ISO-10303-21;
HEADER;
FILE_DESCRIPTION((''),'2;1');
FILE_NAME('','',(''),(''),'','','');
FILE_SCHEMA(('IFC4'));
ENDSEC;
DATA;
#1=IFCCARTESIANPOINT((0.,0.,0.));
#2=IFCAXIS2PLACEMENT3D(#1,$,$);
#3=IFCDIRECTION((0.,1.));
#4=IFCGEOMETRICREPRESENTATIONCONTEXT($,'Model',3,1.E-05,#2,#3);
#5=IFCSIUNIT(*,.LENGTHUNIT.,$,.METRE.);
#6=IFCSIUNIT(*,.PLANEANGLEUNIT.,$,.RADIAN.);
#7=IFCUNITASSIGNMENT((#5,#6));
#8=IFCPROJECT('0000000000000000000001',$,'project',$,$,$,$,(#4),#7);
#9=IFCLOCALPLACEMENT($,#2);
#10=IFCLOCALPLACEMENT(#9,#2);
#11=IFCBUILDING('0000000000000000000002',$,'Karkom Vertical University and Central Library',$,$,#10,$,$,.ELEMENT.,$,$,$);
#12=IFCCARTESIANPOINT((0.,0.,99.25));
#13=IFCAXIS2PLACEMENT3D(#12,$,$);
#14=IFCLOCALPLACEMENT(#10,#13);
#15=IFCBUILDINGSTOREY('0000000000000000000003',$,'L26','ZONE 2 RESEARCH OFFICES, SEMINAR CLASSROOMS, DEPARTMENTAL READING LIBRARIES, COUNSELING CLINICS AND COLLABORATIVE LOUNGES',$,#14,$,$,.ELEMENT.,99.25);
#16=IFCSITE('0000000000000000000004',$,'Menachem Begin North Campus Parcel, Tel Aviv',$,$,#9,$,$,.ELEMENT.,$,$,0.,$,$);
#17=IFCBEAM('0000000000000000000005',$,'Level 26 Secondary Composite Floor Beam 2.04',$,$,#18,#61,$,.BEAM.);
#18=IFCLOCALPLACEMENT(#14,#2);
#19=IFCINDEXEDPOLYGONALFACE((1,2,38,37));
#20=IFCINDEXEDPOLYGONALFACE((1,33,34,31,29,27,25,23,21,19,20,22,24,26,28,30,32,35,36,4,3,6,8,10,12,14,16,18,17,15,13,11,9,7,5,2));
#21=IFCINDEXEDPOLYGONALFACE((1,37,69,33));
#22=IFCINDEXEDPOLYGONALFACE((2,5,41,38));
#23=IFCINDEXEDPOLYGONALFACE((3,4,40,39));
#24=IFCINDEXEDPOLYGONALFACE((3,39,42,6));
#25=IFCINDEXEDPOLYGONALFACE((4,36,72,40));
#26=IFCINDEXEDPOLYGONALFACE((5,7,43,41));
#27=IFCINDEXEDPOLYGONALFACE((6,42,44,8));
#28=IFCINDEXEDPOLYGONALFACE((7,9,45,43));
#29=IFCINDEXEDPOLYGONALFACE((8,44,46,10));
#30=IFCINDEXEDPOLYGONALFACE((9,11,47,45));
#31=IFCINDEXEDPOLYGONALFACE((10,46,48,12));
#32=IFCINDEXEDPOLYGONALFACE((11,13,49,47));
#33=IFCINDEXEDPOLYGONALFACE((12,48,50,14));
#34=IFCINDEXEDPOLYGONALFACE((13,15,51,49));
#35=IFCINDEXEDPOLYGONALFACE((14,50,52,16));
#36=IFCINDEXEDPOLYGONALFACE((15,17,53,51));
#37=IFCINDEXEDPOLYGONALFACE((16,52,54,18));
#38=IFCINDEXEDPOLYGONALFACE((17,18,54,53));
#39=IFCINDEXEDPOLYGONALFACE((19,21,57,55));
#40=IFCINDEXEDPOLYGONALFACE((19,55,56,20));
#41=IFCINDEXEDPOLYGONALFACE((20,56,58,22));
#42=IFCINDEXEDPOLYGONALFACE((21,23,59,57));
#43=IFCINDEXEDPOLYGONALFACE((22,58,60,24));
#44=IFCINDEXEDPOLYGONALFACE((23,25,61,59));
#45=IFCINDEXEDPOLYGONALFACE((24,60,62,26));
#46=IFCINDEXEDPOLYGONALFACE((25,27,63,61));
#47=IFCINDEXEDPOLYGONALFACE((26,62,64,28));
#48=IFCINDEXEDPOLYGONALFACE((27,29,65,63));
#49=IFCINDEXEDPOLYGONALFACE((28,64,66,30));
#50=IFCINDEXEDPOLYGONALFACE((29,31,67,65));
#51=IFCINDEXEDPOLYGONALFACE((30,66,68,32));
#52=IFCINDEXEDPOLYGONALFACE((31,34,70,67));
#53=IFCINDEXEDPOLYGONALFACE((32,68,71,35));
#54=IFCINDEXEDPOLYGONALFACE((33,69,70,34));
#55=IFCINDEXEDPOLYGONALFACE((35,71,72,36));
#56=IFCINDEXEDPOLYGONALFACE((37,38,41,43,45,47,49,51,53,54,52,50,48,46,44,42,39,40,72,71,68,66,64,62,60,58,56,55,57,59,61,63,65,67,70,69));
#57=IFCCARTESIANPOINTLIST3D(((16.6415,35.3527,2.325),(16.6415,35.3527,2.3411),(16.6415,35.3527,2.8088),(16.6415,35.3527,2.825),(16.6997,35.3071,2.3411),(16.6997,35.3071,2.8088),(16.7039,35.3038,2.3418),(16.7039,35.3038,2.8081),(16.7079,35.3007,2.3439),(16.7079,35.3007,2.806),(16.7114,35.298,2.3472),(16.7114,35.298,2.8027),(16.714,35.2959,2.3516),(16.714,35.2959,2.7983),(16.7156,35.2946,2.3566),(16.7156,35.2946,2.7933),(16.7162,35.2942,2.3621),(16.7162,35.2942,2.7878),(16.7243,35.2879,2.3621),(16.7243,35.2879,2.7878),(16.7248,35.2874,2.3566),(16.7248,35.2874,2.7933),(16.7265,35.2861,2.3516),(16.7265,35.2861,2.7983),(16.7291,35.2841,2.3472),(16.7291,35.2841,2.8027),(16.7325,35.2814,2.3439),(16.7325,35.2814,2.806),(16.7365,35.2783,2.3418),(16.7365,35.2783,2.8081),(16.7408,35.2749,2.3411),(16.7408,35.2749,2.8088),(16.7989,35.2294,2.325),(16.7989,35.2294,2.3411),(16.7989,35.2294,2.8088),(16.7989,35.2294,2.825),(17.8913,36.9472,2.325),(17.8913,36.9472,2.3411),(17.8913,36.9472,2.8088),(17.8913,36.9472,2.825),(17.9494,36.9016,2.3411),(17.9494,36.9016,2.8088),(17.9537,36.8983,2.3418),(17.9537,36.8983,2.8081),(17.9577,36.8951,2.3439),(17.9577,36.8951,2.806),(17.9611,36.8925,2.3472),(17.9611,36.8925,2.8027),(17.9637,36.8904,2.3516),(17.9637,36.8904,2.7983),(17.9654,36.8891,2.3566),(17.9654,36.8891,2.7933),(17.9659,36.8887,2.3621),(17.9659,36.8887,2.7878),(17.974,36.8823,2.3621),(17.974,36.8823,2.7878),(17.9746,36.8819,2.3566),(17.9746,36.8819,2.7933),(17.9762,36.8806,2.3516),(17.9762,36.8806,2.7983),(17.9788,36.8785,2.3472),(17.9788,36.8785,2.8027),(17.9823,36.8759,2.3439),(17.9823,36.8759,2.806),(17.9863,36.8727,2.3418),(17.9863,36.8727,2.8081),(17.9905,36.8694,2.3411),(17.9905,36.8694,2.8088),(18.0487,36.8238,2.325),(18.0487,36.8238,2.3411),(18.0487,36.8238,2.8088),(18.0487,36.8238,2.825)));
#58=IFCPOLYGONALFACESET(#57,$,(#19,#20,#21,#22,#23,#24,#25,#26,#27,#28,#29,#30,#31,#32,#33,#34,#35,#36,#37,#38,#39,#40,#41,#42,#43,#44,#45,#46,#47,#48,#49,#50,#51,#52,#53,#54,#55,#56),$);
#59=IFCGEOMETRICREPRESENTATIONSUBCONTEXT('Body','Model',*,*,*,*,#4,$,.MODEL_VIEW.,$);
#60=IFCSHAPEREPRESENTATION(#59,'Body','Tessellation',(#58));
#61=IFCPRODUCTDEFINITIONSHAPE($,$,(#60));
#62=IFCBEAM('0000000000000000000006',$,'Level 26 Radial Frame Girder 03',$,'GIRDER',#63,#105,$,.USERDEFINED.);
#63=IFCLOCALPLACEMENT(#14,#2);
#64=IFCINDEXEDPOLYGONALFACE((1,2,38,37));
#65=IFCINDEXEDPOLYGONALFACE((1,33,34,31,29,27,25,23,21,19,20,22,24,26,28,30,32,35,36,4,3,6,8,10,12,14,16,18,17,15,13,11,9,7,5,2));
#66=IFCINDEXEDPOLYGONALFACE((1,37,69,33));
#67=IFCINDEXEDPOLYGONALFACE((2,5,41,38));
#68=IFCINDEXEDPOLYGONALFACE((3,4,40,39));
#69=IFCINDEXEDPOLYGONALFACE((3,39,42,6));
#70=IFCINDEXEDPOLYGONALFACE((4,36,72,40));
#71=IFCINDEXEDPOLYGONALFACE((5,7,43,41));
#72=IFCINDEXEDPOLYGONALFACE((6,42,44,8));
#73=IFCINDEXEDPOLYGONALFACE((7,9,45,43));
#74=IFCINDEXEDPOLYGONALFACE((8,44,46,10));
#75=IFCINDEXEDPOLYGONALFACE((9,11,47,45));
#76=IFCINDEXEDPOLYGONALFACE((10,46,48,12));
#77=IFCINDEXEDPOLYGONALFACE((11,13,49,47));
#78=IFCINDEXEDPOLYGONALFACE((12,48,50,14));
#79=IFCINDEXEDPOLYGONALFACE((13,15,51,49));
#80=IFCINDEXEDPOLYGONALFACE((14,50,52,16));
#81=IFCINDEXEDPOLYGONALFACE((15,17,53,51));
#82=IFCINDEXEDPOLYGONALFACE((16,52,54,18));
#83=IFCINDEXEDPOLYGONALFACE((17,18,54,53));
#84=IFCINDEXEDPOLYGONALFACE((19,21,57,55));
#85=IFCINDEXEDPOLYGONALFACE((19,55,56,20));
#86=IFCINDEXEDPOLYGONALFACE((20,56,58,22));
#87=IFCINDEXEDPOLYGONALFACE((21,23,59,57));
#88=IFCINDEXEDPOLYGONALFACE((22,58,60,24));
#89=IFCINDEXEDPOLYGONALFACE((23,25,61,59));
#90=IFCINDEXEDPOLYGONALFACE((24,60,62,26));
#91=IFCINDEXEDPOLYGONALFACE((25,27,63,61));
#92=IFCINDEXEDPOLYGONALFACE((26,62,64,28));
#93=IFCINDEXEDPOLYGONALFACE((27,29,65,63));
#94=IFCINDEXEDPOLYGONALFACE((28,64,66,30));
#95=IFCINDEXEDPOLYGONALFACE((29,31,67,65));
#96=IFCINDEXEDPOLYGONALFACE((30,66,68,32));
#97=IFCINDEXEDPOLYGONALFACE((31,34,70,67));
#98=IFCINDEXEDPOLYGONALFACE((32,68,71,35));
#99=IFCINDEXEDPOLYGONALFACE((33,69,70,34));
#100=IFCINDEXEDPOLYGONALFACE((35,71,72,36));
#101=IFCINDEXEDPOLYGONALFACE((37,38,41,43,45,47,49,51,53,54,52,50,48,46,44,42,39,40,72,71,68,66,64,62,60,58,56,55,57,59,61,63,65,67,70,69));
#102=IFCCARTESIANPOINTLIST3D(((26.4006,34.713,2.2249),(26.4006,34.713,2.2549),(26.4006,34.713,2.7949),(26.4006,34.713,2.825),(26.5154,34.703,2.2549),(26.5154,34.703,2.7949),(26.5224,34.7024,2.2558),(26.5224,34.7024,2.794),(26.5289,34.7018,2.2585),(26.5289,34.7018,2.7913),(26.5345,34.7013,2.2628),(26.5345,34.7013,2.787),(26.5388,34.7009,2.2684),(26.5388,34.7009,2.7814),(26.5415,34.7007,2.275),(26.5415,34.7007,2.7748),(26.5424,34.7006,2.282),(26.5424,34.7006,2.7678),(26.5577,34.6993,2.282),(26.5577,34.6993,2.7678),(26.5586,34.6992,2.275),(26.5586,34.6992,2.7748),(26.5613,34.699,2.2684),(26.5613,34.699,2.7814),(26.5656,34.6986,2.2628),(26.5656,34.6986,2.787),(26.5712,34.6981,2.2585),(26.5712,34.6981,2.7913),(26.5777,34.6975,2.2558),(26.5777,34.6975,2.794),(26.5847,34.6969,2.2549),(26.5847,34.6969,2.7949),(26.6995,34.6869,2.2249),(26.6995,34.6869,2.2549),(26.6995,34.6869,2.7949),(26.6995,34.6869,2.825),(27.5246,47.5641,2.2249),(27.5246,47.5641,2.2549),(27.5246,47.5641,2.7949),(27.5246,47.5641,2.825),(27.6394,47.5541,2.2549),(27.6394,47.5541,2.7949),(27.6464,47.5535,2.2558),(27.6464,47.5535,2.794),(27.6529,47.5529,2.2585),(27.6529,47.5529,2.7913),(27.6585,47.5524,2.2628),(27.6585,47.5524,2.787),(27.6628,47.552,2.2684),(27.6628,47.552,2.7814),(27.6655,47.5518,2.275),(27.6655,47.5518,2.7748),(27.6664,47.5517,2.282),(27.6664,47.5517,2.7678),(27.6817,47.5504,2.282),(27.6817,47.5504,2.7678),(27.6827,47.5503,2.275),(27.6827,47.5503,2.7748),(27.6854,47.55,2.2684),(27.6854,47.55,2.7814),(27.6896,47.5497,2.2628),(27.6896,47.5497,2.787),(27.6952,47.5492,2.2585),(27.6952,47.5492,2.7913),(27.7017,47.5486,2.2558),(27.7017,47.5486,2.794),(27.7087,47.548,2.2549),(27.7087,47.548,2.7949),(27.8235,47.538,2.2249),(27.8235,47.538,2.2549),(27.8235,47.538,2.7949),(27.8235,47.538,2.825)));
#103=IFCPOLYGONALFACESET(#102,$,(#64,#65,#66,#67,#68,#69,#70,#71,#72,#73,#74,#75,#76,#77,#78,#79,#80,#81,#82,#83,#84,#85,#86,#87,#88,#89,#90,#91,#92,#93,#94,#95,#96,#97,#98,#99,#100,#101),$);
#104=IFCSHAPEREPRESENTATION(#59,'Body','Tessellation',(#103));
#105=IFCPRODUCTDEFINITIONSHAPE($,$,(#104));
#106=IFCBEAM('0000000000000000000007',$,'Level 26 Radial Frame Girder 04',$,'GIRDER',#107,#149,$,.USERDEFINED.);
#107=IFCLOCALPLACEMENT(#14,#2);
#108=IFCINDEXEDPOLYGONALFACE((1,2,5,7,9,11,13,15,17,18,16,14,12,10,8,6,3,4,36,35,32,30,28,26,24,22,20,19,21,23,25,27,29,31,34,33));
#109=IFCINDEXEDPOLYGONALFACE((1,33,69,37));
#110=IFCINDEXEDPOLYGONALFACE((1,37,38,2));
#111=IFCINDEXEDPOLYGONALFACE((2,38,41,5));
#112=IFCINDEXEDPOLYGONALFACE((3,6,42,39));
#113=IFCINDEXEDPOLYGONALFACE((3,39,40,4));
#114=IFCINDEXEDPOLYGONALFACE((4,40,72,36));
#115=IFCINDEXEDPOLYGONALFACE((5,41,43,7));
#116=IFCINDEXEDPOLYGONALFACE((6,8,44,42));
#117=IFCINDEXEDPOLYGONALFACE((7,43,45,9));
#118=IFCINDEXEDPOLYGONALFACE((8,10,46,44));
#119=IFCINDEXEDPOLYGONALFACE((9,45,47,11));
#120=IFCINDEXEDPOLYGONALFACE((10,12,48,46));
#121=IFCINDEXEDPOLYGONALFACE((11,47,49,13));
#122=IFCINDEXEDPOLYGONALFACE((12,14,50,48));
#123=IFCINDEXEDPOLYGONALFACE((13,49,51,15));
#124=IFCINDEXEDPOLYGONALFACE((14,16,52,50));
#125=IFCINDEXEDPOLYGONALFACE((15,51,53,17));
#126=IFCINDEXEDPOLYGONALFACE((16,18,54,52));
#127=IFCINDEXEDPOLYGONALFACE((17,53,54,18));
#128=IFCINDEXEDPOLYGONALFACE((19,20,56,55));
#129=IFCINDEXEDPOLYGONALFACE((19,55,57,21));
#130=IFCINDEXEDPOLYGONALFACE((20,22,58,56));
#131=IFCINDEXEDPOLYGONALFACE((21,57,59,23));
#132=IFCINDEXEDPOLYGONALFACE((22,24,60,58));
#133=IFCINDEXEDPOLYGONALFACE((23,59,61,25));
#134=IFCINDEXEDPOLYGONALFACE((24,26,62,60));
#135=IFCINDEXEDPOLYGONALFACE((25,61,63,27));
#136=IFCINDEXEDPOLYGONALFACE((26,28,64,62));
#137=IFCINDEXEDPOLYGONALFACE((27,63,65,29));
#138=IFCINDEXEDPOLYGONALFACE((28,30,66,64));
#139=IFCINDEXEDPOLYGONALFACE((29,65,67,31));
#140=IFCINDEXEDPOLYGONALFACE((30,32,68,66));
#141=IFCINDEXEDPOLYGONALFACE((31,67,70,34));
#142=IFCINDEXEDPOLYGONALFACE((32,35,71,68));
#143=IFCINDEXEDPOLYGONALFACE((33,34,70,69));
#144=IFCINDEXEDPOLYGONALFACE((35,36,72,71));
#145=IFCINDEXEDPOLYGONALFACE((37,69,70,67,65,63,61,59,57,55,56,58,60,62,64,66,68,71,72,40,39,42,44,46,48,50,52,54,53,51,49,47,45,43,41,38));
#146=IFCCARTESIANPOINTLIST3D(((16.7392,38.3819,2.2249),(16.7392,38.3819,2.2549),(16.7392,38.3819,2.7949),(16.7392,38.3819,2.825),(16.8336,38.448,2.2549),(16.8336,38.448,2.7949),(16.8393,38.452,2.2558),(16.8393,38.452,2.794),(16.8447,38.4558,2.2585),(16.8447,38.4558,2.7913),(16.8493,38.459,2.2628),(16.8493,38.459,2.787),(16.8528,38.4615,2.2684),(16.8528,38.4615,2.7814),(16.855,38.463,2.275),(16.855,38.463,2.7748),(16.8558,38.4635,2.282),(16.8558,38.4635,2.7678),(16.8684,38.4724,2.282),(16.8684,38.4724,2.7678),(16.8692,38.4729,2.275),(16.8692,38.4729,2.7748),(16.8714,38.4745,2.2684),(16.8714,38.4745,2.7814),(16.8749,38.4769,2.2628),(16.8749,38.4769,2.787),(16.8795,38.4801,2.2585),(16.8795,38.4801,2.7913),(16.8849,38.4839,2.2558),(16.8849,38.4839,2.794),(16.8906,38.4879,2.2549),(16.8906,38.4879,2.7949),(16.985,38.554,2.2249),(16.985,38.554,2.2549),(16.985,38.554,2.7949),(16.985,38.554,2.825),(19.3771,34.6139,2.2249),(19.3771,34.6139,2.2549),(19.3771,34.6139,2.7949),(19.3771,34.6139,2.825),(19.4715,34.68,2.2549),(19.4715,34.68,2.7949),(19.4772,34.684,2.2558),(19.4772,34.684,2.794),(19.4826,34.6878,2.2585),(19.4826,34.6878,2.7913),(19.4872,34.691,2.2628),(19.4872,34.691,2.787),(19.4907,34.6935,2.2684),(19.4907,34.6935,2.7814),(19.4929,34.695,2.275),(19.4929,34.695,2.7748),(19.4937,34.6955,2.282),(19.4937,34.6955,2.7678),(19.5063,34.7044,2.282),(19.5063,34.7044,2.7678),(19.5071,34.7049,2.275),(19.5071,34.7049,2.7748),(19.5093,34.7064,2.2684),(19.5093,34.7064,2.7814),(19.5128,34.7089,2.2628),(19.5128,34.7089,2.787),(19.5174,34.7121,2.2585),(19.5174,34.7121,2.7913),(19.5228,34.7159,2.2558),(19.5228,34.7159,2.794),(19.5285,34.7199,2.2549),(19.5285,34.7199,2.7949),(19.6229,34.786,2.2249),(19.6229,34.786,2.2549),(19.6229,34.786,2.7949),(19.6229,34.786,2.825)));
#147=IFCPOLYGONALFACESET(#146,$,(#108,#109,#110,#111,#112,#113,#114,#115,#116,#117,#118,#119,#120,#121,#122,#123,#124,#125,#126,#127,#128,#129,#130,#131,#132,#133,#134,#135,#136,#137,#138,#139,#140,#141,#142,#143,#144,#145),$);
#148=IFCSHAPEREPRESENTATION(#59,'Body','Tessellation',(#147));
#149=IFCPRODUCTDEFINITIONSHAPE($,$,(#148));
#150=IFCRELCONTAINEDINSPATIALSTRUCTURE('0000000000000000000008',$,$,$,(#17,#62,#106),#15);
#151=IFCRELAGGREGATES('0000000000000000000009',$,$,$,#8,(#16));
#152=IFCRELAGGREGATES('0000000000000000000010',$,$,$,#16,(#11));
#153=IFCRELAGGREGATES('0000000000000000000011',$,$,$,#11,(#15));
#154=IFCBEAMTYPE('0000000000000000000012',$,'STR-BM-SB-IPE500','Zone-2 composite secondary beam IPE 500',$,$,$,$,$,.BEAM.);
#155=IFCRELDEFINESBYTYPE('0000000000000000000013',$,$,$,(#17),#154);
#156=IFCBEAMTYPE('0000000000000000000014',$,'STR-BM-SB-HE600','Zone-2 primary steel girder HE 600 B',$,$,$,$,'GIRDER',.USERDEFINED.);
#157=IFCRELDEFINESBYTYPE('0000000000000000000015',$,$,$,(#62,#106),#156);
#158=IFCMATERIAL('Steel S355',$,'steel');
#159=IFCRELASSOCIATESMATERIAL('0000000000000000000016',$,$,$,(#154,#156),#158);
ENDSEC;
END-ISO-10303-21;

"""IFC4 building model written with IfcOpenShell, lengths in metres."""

from ifc_helpers import new_model, si_unit, direction, frame, origin, origin_with_axes, origin_2d, place, context, subcontext, project, spatial, i_section, extrude, source, transform, mapped, material, material_profile, profile_set, type_object, element, save


model = new_model("IFC4")

# Units and contexts
model_context = context("Model", 3, precision=1e-05, world=origin(), true_north=direction((0.0, 1.0)))
body_context = subcontext(model_context, "Body", "Model", "MODEL_VIEW")
ifc_project = project(units=[si_unit("LENGTHUNIT", "METRE"), si_unit("PLANEANGLEUNIT", "RADIAN")], contexts=[model_context])

# Site, building, storey
site_placement = place(None, origin())
site = spatial("IfcSite", under=ifc_project, at=site_placement, Name="Menachem Begin North Campus Parcel, Tel Aviv", CompositionType="ELEMENT", RefElevation=0.0)
building_placement = place(site_placement, origin())
building = spatial("IfcBuilding", under=site, at=building_placement, Name="Karkom Vertical University and Central Library", CompositionType="ELEMENT")
storey_placement = place(building_placement, frame((0.0, 0.0, 99.25)))
storey = spatial("IfcBuildingStorey", under=building, at=storey_placement, Name="L26", Description="ZONE 2 RESEARCH OFFICES, SEMINAR CLASSROOMS, DEPARTMENTAL READING LIBRARIES, COUNSELING CLINICS AND COLLABORATIVE LOUNGES", CompositionType="ELEMENT", Elevation=99.25)

# Beams
ifc_material_1 = material(Name="Steel S355", Category="steel")
ifc_material_profile_1 = material_profile(ifc_material_1, i_section(OverallWidth=0.2, OverallDepth=0.5, WebThickness=0.0103, FlangeThickness=0.0161, FilletRadius=0.021, at=origin_2d()), Name="IPE 500")
ifc_profile_set_1 = profile_set([ifc_material_profile_1], Name="Steel S355")
beam_type_1 = type_object("IfcBeamType", Name="STR-BM-SB-IPE500", Description="Zone-2 composite secondary beam IPE 500", PredefinedType="BEAM", material=ifc_profile_set_1)
shared_shape_1 = source(origin_with_axes(), body_context, "Body", "SweptSolid", [
    extrude(i_section(OverallWidth=0.2, OverallDepth=0.5, WebThickness=0.0103, FlangeThickness=0.0161, FilletRadius=0.021, at=origin_2d()), origin(), (0.0, 0.0, 1.0), 2.0259),
])
beam_1_placement = place(storey_placement, frame((17.97, 36.8855, 2.575), z_axis=(-0.61689, -0.78705, 0.0), x_axis=(0.78705, -0.61689, 0.0)))
element("IfcBeam", 1, at=beam_1_placement, inside=storey, type_object=beam_type_1, Name="Level 26 Secondary Composite Floor Beam 2.04", PredefinedType="BEAM", context=body_context, shape_type="MappedRepresentation", body=[
    mapped(shared_shape_1, transform((0.0, 0.0, 0.0), scale=1.0)),
])
ifc_material_profile_2 = material_profile(ifc_material_1, i_section(OverallWidth=0.3, OverallDepth=0.6001, WebThickness=0.0154, FlangeThickness=0.03, FilletRadius=0.0271, at=origin_2d()), Name="HE 600 B")
ifc_profile_set_2 = profile_set([ifc_material_profile_2], Name="Steel S355")
beam_type_2 = type_object("IfcBeamType", Name="STR-BM-SB-HE600", Description="Zone-2 primary steel girder HE 600 B", ElementType="GIRDER", PredefinedType="USERDEFINED", material=ifc_profile_set_2)
shared_shape_2 = source(origin_with_axes(), body_context, "Body", "SweptSolid", [
    extrude(i_section(OverallWidth=0.3, OverallDepth=0.6001, WebThickness=0.0154, FlangeThickness=0.03, FilletRadius=0.0271, at=origin_2d()), origin(), (0.0, 0.0, 1.0), 12.9001),
])
beam_2_placement = place(storey_placement, frame((26.55, 34.7, 2.5249), z_axis=(0.087133, 0.996197, 0.0), x_axis=(-0.996197, 0.087133, 0.0)))
element("IfcBeam", 2, at=beam_2_placement, inside=storey, type_object=beam_type_2, Name="Level 26 Radial Frame Girder 03", ObjectType="GIRDER", PredefinedType="USERDEFINED", context=body_context, shape_type="MappedRepresentation", body=[
    mapped(shared_shape_2, transform((0.0, 0.0, 0.0), scale=1.0)),
])
shared_shape_3 = source(origin_with_axes(), body_context, "Body", "SweptSolid", [
    extrude(i_section(OverallWidth=0.3, OverallDepth=0.6001, WebThickness=0.0154, FlangeThickness=0.03, FilletRadius=0.0271, at=origin_2d()), origin(), (0.0, 0.0, 1.0), 4.5996),
])
beam_3_placement = place(storey_placement, frame((19.5, 34.7, 2.5249), z_axis=(-0.573505, 0.819202, 0.0), x_axis=(-0.819202, -0.573505, 0.0)))
element("IfcBeam", 3, at=beam_3_placement, inside=storey, type_object=beam_type_2, Name="Level 26 Radial Frame Girder 04", ObjectType="GIRDER", PredefinedType="USERDEFINED", context=body_context, shape_type="MappedRepresentation", body=[
    mapped(shared_shape_3, transform((0.0, 0.0, 0.0), scale=1.0)),
])

save(model, "model.ifc")
